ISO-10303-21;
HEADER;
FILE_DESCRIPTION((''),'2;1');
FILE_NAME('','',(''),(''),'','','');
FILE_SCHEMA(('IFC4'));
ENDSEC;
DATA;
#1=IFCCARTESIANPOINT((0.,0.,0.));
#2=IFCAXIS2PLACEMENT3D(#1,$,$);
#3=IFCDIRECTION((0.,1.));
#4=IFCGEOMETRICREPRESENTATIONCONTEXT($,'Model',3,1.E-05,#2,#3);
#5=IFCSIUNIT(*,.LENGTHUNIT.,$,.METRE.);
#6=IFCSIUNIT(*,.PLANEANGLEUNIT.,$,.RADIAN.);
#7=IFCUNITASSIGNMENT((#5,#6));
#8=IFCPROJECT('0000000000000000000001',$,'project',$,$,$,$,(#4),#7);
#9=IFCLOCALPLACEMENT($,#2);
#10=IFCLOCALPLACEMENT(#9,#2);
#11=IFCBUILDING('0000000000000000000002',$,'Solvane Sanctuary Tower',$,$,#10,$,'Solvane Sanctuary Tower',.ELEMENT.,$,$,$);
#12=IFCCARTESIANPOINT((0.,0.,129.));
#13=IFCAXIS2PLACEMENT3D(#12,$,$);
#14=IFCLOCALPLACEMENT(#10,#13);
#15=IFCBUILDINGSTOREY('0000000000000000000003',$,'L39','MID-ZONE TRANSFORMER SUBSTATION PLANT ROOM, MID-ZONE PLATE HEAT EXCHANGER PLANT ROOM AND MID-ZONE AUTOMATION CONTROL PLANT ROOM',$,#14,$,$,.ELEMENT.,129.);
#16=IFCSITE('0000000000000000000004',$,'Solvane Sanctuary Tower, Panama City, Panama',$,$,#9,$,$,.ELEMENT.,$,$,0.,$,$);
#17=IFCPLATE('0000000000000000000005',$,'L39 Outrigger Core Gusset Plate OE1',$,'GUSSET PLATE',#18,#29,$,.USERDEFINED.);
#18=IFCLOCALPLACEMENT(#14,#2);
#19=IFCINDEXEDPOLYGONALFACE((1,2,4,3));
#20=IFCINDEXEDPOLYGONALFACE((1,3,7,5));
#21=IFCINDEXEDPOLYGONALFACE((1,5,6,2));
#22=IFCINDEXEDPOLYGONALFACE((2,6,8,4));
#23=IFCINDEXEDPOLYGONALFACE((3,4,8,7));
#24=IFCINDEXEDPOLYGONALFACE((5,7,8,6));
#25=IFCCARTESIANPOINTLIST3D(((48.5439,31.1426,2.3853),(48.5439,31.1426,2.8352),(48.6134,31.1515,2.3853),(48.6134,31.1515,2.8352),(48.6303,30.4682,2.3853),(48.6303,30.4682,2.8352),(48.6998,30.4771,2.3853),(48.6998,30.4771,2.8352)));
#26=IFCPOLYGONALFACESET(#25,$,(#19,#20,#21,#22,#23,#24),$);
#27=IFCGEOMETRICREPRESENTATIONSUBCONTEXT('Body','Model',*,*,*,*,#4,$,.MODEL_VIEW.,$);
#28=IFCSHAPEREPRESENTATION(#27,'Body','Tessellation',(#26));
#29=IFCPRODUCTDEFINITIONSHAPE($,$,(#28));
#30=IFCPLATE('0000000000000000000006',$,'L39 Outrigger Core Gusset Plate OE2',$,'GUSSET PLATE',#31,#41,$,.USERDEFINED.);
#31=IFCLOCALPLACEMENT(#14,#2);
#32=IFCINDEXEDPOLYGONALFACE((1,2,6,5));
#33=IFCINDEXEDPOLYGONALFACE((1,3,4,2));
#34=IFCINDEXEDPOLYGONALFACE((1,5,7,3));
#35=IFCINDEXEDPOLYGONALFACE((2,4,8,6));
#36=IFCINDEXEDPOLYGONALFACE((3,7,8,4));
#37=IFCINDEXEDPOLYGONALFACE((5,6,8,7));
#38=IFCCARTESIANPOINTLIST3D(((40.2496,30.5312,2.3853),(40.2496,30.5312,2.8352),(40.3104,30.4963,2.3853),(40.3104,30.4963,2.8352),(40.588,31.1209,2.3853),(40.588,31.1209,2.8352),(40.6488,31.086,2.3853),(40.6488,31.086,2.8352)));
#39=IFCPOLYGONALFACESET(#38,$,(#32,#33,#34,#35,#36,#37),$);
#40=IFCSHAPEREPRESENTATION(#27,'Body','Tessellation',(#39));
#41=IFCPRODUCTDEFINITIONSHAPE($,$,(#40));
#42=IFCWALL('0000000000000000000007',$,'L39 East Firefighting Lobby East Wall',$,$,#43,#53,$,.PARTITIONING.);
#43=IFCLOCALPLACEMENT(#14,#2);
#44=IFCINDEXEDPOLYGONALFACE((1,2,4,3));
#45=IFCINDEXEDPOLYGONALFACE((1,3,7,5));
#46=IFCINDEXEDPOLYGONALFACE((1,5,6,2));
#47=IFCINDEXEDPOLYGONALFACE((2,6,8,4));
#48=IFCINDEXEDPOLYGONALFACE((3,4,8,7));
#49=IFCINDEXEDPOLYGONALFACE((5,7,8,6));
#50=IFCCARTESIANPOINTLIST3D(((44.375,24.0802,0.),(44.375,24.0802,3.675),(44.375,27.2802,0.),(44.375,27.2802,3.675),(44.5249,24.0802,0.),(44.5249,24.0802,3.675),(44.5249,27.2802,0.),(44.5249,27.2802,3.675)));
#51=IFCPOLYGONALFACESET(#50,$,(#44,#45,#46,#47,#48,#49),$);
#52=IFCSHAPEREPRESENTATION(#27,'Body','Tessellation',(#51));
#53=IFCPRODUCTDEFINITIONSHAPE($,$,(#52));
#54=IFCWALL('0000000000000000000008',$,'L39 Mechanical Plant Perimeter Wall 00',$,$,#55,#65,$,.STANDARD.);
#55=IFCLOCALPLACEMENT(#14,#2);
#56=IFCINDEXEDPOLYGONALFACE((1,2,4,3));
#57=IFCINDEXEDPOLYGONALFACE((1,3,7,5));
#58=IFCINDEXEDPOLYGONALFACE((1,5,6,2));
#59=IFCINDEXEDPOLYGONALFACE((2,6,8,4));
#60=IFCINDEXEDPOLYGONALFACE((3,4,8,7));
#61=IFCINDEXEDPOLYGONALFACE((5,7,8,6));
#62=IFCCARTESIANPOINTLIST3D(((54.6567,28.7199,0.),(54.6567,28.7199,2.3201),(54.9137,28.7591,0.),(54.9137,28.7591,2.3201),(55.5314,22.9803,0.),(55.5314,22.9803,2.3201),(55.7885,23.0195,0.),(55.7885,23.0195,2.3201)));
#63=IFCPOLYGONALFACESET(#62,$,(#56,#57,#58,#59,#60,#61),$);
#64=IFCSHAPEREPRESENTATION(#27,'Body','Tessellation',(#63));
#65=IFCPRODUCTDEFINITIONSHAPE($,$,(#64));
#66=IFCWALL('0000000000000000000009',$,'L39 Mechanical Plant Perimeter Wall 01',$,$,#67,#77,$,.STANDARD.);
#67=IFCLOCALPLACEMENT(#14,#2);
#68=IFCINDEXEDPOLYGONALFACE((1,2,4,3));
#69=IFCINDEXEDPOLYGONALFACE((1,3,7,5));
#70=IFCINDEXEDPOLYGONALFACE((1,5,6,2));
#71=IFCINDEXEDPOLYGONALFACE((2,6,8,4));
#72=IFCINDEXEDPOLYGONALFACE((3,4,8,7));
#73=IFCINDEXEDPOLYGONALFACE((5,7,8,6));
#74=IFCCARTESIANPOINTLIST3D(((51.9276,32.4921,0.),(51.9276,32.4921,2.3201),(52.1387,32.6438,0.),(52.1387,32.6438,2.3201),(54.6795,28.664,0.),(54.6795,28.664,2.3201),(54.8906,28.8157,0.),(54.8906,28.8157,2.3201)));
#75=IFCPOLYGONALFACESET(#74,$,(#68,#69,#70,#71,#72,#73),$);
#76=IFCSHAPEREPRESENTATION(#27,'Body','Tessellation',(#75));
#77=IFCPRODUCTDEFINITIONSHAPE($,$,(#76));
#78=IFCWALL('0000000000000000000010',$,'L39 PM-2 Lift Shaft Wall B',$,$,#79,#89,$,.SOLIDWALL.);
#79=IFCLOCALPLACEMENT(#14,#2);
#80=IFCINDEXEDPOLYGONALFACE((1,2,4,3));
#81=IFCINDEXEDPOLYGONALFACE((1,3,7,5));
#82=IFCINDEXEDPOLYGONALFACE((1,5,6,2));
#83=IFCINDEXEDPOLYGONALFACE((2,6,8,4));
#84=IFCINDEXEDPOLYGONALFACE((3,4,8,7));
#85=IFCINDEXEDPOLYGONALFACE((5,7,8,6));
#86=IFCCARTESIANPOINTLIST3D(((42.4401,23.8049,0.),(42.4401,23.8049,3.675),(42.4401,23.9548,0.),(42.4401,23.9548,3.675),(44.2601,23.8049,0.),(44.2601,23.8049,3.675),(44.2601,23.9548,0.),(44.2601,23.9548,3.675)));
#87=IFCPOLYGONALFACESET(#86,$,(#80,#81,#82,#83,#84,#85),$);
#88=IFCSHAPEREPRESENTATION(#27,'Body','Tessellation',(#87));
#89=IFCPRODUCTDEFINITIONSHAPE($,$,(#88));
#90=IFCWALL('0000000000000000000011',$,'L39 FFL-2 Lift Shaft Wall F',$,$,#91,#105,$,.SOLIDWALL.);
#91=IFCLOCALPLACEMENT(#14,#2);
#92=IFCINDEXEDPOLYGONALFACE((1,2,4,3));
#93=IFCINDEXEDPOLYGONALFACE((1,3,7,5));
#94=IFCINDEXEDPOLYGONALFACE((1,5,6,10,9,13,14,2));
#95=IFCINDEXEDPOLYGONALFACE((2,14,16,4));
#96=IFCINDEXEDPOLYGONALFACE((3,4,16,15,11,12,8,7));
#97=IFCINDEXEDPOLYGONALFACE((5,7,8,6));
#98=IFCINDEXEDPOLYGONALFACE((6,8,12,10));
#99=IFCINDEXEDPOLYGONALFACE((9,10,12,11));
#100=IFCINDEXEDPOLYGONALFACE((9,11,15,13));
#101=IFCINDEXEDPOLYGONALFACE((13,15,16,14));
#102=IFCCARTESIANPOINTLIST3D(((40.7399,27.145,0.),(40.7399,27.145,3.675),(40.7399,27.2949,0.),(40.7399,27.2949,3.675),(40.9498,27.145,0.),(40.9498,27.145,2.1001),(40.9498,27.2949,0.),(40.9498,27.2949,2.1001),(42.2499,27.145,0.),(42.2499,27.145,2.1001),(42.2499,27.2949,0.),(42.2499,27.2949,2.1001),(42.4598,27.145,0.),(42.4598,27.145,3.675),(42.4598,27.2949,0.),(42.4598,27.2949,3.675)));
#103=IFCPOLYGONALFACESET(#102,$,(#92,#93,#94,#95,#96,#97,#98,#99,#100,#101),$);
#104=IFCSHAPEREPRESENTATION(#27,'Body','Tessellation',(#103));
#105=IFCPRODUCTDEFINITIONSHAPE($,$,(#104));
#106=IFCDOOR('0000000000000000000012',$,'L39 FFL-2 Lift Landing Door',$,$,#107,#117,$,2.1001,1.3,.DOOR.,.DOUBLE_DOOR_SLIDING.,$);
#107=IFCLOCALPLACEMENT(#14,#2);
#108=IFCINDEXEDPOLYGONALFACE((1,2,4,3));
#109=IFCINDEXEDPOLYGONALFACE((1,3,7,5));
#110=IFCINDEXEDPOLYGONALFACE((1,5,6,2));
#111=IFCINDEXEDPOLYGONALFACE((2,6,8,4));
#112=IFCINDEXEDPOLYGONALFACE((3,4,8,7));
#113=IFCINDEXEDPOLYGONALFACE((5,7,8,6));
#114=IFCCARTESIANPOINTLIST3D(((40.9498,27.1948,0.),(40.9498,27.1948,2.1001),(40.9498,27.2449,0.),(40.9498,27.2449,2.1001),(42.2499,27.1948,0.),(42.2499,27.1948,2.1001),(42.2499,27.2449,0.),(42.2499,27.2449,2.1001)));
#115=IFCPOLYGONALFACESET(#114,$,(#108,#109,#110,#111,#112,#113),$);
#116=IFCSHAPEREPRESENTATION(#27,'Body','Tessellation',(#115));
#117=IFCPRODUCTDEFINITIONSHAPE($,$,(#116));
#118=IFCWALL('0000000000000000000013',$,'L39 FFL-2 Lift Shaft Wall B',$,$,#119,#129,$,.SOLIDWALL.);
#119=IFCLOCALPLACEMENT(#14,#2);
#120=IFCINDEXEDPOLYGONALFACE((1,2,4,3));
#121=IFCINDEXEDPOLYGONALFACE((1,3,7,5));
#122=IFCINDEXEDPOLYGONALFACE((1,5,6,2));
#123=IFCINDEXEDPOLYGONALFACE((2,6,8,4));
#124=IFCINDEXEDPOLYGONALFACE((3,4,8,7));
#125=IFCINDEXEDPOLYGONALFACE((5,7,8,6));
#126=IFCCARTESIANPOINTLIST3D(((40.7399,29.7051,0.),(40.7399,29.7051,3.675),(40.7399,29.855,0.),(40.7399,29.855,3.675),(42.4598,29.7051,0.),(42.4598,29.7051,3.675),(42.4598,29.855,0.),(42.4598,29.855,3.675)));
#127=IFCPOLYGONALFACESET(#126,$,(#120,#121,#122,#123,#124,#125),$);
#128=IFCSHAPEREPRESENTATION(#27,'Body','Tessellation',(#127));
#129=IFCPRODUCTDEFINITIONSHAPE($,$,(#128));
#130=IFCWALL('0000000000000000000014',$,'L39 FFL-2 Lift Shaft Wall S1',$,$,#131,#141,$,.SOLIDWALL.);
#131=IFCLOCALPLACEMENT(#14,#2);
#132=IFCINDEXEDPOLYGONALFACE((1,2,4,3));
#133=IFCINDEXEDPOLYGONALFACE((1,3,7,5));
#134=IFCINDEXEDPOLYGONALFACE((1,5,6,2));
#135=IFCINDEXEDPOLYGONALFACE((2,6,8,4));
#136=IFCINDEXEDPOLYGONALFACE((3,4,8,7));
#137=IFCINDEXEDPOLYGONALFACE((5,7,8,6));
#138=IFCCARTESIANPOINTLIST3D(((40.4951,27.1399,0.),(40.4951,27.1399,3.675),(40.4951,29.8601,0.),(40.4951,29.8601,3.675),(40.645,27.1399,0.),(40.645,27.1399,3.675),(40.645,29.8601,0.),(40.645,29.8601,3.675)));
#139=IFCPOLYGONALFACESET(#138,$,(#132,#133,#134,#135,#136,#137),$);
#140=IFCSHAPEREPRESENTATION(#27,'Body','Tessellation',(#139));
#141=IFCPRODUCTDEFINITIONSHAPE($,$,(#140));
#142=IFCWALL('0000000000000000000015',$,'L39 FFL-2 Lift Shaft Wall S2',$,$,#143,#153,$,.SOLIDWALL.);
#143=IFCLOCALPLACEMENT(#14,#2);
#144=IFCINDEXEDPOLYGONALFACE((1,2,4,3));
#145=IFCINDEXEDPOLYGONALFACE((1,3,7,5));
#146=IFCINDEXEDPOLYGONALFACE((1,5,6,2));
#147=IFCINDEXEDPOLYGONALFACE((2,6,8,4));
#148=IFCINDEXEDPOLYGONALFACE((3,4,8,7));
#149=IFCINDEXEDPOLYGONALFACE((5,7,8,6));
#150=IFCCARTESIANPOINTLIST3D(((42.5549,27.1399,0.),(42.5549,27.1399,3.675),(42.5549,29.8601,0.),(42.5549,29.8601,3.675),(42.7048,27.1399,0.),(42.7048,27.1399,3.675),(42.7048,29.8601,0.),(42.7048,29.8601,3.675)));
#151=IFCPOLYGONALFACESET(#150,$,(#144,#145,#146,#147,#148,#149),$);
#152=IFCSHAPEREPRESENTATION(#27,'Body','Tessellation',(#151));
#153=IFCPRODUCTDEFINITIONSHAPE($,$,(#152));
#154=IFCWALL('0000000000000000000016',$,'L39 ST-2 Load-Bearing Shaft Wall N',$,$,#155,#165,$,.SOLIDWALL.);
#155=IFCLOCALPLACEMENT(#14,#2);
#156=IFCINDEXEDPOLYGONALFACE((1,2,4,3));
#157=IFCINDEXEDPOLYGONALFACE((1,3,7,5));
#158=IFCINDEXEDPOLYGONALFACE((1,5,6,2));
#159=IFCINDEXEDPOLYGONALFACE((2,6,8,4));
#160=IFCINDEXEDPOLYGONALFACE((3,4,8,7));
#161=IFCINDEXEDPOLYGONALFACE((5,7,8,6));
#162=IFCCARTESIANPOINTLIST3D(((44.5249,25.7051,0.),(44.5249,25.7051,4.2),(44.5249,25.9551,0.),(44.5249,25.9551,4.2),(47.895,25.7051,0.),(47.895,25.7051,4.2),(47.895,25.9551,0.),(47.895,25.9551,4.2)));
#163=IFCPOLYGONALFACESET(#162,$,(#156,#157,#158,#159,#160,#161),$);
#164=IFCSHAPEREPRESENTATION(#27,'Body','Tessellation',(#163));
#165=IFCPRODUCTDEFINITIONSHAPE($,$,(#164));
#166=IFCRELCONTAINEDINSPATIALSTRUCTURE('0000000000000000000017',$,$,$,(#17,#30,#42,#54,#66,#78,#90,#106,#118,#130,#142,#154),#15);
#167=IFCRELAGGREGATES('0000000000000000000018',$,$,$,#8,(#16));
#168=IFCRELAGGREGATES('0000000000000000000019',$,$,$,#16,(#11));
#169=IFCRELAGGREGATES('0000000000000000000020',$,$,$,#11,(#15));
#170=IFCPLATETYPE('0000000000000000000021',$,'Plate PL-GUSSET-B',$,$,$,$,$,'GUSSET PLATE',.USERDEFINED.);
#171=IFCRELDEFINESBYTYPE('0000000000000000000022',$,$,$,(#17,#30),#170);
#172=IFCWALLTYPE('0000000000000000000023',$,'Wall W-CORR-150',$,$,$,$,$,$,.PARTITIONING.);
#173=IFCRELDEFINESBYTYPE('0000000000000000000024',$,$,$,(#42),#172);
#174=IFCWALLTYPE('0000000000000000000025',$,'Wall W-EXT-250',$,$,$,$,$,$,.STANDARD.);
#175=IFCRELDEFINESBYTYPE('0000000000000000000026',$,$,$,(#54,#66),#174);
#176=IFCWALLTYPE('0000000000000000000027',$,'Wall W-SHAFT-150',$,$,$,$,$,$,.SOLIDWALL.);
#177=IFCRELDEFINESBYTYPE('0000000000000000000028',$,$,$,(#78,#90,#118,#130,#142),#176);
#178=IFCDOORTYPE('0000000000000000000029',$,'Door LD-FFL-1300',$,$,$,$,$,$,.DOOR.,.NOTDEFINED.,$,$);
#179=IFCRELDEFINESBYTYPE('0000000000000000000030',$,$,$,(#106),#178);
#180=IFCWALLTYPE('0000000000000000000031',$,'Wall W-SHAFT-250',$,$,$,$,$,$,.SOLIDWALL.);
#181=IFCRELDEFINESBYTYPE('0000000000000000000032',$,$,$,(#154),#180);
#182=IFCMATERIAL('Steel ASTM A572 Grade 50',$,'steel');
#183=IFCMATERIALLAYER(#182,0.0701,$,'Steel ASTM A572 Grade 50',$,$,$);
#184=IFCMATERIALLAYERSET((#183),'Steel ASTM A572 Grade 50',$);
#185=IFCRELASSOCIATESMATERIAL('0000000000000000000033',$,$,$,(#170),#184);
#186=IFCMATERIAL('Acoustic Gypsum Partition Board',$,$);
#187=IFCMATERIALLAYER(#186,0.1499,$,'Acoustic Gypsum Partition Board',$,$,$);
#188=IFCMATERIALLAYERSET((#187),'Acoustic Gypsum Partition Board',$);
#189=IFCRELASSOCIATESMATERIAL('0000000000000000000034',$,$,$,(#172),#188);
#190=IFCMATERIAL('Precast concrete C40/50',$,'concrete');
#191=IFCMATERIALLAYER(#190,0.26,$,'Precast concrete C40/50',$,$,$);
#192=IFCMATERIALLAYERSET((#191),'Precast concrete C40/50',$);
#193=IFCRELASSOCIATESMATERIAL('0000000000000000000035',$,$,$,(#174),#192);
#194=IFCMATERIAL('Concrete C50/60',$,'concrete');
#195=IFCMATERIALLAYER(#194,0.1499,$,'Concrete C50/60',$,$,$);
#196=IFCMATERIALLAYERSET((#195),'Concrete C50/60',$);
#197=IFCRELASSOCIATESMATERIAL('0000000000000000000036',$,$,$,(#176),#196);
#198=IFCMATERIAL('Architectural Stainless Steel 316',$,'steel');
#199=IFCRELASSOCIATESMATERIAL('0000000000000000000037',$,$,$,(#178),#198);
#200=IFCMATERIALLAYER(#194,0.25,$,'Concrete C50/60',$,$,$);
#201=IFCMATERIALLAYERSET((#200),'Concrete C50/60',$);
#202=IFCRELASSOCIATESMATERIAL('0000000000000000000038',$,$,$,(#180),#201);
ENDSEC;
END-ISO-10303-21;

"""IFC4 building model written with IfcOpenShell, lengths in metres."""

from ifc_helpers import new_model, si_unit, direction, frame, frame_2d, origin, origin_2d, place, context, subcontext, project, spatial, rectangle, extrude, material, layer, layer_set, type_object, element, fill, save


model = new_model("IFC4")

# Units and contexts
model_context = context("Model", 3, precision=1e-05, world=origin(), true_north=direction((0.0, 1.0)))
body_context = subcontext(model_context, "Body", "Model", "MODEL_VIEW")
ifc_project = project(units=[si_unit("LENGTHUNIT", "METRE"), si_unit("PLANEANGLEUNIT", "RADIAN")], contexts=[model_context])

# Site, building, storey
site_placement = place(None, origin())
site = spatial("IfcSite", under=ifc_project, at=site_placement, Name="Solvane Sanctuary Tower, Panama City, Panama", CompositionType="ELEMENT", RefElevation=0.0)
building_placement = place(site_placement, origin())
building = spatial("IfcBuilding", under=site, at=building_placement, Name="Solvane Sanctuary Tower", LongName="Solvane Sanctuary Tower", CompositionType="ELEMENT")
storey_placement = place(building_placement, frame((0.0, 0.0, 129.0)))
storey = spatial("IfcBuildingStorey", under=building, at=storey_placement, Name="L39", Description="MID-ZONE TRANSFORMER SUBSTATION PLANT ROOM, MID-ZONE PLATE HEAT EXCHANGER PLANT ROOM AND MID-ZONE AUTOMATION CONTROL PLANT ROOM", CompositionType="ELEMENT", Elevation=129.0)

# Plates
ifc_material_1 = material(Name="Steel ASTM A572 Grade 50", Category="steel")
ifc_layer_1 = layer(ifc_material_1, 0.0701, Name="Steel ASTM A572 Grade 50")
ifc_layer_set_1 = layer_set([ifc_layer_1], Name="Steel ASTM A572 Grade 50")
plate_type = type_object("IfcPlateType", Name="Plate PL-GUSSET-B", ElementType="GUSSET PLATE", PredefinedType="USERDEFINED", material=ifc_layer_set_1)
for number, where, z_axis, x_axis, name in (
    (1, (48.6218, 30.8098, 2.3853), (0.0, 0.0, 1.0), (-0.127065, 0.991894, 0.0), "L39 Outrigger Core Gusset Plate OE1"),
    (2, (40.4492, 30.8086, 2.3853), (0.0, 0.0, 1.0), (0.497731, 0.867331, 0.0), "L39 Outrigger Core Gusset Plate OE2"),
):
    element("IfcPlate", number, at=place(storey_placement, frame(where, z_axis=z_axis, x_axis=x_axis)), inside=storey, type_object=plate_type, Name=name, ObjectType="GUSSET PLATE", PredefinedType="USERDEFINED", context=body_context, shape_type="SweptSolid", body=[
        extrude(rectangle(XDim=0.6799, YDim=0.0701, at=origin_2d()), origin(), (0.0, 0.0, 1.0), 0.45),
    ])

# Walls
ifc_material_2 = material(Name="Acoustic Gypsum Partition Board")
ifc_layer_2 = layer(ifc_material_2, 0.1499, Name="Acoustic Gypsum Partition Board")
ifc_layer_set_2 = layer_set([ifc_layer_2], Name="Acoustic Gypsum Partition Board")
wall_type_1 = type_object("IfcWallType", Name="Wall W-CORR-150", PredefinedType="PARTITIONING", material=ifc_layer_set_2)
wall_1_placement = place(storey_placement, frame((44.45, 24.0801, 0.0), z_axis=(0.0, 0.0, 1.0), x_axis=(0.0, 1.0, 0.0)))
element("IfcWall", 3, at=wall_1_placement, inside=storey, type_object=wall_type_1, Name="L39 East Firefighting Lobby East Wall", PredefinedType="PARTITIONING", context=body_context, shape_type="SweptSolid", body=[
    extrude(rectangle(XDim=3.2, YDim=0.1499, at=frame_2d((1.6001, 0.0))), origin(), (0.0, 0.0, 1.0), 3.675),
])
ifc_material_3 = material(Name="Precast concrete C40/50", Category="concrete")
ifc_layer_3 = layer(ifc_material_3, 0.26, Name="Precast concrete C40/50")
ifc_layer_set_3 = layer_set([ifc_layer_3], Name="Precast concrete C40/50")
wall_type_2 = type_object("IfcWallType", Name="Wall W-EXT-250", PredefinedType="STANDARD", material=ifc_layer_set_3)
wall_2_placement = place(storey_placement, frame((55.6599, 23.0, 0.0), z_axis=(0.0, 0.0, 1.0), x_axis=(-0.150664, 0.988585, 0.0)))
element("IfcWall", 4, at=wall_2_placement, inside=storey, type_object=wall_type_2, Name="L39 Mechanical Plant Perimeter Wall 00", PredefinedType="STANDARD", context=body_context, shape_type="SweptSolid", body=[
    extrude(rectangle(XDim=5.8059, YDim=0.26, at=frame_2d((2.9028, 0.0))), origin(), (0.0, 0.0, 1.0), 2.3201),
])
wall_3_placement = place(storey_placement, frame((54.7852, 28.7397, 0.0), z_axis=(0.0, 0.0, 1.0), x_axis=(-0.583704, 0.811966, 0.0)))
element("IfcWall", 5, at=wall_3_placement, inside=storey, type_object=wall_type_2, Name="L39 Mechanical Plant Perimeter Wall 01", PredefinedType="STANDARD", context=body_context, shape_type="SweptSolid", body=[
    extrude(rectangle(XDim=4.7146, YDim=0.26, at=frame_2d((2.3574, 0.0))), origin(), (0.0, 0.0, 1.0), 2.3201),
])
ifc_material_4 = material(Name="Concrete C50/60", Category="concrete")
ifc_layer_4 = layer(ifc_material_4, 0.1499, Name="Concrete C50/60")
ifc_layer_set_4 = layer_set([ifc_layer_4], Name="Concrete C50/60")
wall_type_3 = type_object("IfcWallType", Name="Wall W-SHAFT-150", PredefinedType="SOLIDWALL", material=ifc_layer_set_4)
wall_4_placement = place(storey_placement, frame((42.4399, 23.8799, 0.0), z_axis=(0.0, 0.0, 1.0), x_axis=(1.0, 0.0, 0.0)))
element("IfcWall", 6, at=wall_4_placement, inside=storey, type_object=wall_type_3, Name="L39 PM-2 Lift Shaft Wall B", PredefinedType="SOLIDWALL", context=body_context, shape_type="SweptSolid", body=[
    extrude(rectangle(XDim=1.8201, YDim=0.1499, at=frame_2d((0.9102, 0.0))), origin(), (0.0, 0.0, 1.0), 3.675),
])

# Wall, opening, door
wall_5_placement = place(storey_placement, frame((40.74, 27.22, 0.0), z_axis=(0.0, 0.0, 1.0), x_axis=(1.0, 0.0, 0.0)))
wall_5 = element("IfcWall", 7, at=wall_5_placement, inside=storey, type_object=wall_type_3, Name="L39 FFL-2 Lift Shaft Wall F", PredefinedType="SOLIDWALL", context=body_context, shape_type="SweptSolid", body=[
    extrude(rectangle(XDim=1.72, YDim=0.1499, at=frame_2d((0.8599, 0.0))), origin(), (0.0, 0.0, 1.0), 3.675),
])
opening_placement = place(wall_5_placement, frame((0.21, 0.0, 0.0)))
opening = element("IfcOpeningElement", 8, at=opening_placement, cuts=wall_5, PredefinedType="OPENING", context=body_context, shape_type="SweptSolid", body=[
    extrude(rectangle(XDim=1.3, YDim=2.1001, at=frame_2d((0.6499, 1.05))), frame((0.0, 0.085, 0.0), z_axis=(0.0, -1.0, 0.0), x_axis=(1.0, 0.0, 0.0)), (0.0, 0.0, 1.0), 0.1699),
])
ifc_material_5 = material(Name="Architectural Stainless Steel 316", Category="steel")
door_type = type_object("IfcDoorType", Name="Door LD-FFL-1300", OperationType="NOTDEFINED", PredefinedType="DOOR", material=ifc_material_5)
door_placement = place(opening_placement, origin())
door = element("IfcDoor", 9, at=door_placement, inside=storey, type_object=door_type, Name="L39 FFL-2 Lift Landing Door", OperationType="DOUBLE_DOOR_SLIDING", OverallHeight=2.1001, OverallWidth=1.3, PredefinedType="DOOR", context=body_context, shape_type="SweptSolid", body=[
    extrude(rectangle(XDim=1.3, YDim=2.1001, at=frame_2d((0.6499, 1.05))), frame((0.0, 0.0249, 0.0), z_axis=(0.0, -1.0, 0.0), x_axis=(1.0, 0.0, 0.0)), (0.0, 0.0, 1.0), 0.05),
])
fill(opening, door)

# Walls
wall_6_placement = place(storey_placement, frame((40.74, 29.78, 0.0), z_axis=(0.0, 0.0, 1.0), x_axis=(1.0, 0.0, 0.0)))
element("IfcWall", 10, at=wall_6_placement, inside=storey, type_object=wall_type_3, Name="L39 FFL-2 Lift Shaft Wall B", PredefinedType="SOLIDWALL", context=body_context, shape_type="SweptSolid", body=[
    extrude(rectangle(XDim=1.72, YDim=0.1499, at=frame_2d((0.8599, 0.0))), origin(), (0.0, 0.0, 1.0), 3.675),
])
for number, where, z_axis, x_axis, name in (
    (11, (40.5701, 27.1399, 0.0), (0.0, 0.0, 1.0), (0.0, 1.0, 0.0), "L39 FFL-2 Lift Shaft Wall S1"),
    (12, (42.6299, 27.1399, 0.0), (0.0, 0.0, 1.0), (0.0, 1.0, 0.0), "L39 FFL-2 Lift Shaft Wall S2"),
):
    element("IfcWall", number, at=place(storey_placement, frame(where, z_axis=z_axis, x_axis=x_axis)), inside=storey, type_object=wall_type_3, Name=name, PredefinedType="SOLIDWALL", context=body_context, shape_type="SweptSolid", body=[
        extrude(rectangle(XDim=2.7202, YDim=0.1499, at=frame_2d((1.3601, 0.0))), origin(), (0.0, 0.0, 1.0), 3.675),
    ])
ifc_layer_5 = layer(ifc_material_4, 0.25, Name="Concrete C50/60")
ifc_layer_set_5 = layer_set([ifc_layer_5], Name="Concrete C50/60")
wall_type_4 = type_object("IfcWallType", Name="Wall W-SHAFT-250", PredefinedType="SOLIDWALL", material=ifc_layer_set_5)
wall_7_placement = place(storey_placement, frame((44.5249, 25.8301, 0.0), z_axis=(0.0, 0.0, 1.0), x_axis=(1.0, 0.0, 0.0)))
element("IfcWall", 13, at=wall_7_placement, inside=storey, type_object=wall_type_4, Name="L39 ST-2 Load-Bearing Shaft Wall N", PredefinedType="SOLIDWALL", context=body_context, shape_type="SweptSolid", body=[
    extrude(rectangle(XDim=3.3701, YDim=0.25, at=frame_2d((1.6851, 0.0))), origin(), (0.0, 0.0, 1.0), 4.2),
])

save(model, "model.ifc")
